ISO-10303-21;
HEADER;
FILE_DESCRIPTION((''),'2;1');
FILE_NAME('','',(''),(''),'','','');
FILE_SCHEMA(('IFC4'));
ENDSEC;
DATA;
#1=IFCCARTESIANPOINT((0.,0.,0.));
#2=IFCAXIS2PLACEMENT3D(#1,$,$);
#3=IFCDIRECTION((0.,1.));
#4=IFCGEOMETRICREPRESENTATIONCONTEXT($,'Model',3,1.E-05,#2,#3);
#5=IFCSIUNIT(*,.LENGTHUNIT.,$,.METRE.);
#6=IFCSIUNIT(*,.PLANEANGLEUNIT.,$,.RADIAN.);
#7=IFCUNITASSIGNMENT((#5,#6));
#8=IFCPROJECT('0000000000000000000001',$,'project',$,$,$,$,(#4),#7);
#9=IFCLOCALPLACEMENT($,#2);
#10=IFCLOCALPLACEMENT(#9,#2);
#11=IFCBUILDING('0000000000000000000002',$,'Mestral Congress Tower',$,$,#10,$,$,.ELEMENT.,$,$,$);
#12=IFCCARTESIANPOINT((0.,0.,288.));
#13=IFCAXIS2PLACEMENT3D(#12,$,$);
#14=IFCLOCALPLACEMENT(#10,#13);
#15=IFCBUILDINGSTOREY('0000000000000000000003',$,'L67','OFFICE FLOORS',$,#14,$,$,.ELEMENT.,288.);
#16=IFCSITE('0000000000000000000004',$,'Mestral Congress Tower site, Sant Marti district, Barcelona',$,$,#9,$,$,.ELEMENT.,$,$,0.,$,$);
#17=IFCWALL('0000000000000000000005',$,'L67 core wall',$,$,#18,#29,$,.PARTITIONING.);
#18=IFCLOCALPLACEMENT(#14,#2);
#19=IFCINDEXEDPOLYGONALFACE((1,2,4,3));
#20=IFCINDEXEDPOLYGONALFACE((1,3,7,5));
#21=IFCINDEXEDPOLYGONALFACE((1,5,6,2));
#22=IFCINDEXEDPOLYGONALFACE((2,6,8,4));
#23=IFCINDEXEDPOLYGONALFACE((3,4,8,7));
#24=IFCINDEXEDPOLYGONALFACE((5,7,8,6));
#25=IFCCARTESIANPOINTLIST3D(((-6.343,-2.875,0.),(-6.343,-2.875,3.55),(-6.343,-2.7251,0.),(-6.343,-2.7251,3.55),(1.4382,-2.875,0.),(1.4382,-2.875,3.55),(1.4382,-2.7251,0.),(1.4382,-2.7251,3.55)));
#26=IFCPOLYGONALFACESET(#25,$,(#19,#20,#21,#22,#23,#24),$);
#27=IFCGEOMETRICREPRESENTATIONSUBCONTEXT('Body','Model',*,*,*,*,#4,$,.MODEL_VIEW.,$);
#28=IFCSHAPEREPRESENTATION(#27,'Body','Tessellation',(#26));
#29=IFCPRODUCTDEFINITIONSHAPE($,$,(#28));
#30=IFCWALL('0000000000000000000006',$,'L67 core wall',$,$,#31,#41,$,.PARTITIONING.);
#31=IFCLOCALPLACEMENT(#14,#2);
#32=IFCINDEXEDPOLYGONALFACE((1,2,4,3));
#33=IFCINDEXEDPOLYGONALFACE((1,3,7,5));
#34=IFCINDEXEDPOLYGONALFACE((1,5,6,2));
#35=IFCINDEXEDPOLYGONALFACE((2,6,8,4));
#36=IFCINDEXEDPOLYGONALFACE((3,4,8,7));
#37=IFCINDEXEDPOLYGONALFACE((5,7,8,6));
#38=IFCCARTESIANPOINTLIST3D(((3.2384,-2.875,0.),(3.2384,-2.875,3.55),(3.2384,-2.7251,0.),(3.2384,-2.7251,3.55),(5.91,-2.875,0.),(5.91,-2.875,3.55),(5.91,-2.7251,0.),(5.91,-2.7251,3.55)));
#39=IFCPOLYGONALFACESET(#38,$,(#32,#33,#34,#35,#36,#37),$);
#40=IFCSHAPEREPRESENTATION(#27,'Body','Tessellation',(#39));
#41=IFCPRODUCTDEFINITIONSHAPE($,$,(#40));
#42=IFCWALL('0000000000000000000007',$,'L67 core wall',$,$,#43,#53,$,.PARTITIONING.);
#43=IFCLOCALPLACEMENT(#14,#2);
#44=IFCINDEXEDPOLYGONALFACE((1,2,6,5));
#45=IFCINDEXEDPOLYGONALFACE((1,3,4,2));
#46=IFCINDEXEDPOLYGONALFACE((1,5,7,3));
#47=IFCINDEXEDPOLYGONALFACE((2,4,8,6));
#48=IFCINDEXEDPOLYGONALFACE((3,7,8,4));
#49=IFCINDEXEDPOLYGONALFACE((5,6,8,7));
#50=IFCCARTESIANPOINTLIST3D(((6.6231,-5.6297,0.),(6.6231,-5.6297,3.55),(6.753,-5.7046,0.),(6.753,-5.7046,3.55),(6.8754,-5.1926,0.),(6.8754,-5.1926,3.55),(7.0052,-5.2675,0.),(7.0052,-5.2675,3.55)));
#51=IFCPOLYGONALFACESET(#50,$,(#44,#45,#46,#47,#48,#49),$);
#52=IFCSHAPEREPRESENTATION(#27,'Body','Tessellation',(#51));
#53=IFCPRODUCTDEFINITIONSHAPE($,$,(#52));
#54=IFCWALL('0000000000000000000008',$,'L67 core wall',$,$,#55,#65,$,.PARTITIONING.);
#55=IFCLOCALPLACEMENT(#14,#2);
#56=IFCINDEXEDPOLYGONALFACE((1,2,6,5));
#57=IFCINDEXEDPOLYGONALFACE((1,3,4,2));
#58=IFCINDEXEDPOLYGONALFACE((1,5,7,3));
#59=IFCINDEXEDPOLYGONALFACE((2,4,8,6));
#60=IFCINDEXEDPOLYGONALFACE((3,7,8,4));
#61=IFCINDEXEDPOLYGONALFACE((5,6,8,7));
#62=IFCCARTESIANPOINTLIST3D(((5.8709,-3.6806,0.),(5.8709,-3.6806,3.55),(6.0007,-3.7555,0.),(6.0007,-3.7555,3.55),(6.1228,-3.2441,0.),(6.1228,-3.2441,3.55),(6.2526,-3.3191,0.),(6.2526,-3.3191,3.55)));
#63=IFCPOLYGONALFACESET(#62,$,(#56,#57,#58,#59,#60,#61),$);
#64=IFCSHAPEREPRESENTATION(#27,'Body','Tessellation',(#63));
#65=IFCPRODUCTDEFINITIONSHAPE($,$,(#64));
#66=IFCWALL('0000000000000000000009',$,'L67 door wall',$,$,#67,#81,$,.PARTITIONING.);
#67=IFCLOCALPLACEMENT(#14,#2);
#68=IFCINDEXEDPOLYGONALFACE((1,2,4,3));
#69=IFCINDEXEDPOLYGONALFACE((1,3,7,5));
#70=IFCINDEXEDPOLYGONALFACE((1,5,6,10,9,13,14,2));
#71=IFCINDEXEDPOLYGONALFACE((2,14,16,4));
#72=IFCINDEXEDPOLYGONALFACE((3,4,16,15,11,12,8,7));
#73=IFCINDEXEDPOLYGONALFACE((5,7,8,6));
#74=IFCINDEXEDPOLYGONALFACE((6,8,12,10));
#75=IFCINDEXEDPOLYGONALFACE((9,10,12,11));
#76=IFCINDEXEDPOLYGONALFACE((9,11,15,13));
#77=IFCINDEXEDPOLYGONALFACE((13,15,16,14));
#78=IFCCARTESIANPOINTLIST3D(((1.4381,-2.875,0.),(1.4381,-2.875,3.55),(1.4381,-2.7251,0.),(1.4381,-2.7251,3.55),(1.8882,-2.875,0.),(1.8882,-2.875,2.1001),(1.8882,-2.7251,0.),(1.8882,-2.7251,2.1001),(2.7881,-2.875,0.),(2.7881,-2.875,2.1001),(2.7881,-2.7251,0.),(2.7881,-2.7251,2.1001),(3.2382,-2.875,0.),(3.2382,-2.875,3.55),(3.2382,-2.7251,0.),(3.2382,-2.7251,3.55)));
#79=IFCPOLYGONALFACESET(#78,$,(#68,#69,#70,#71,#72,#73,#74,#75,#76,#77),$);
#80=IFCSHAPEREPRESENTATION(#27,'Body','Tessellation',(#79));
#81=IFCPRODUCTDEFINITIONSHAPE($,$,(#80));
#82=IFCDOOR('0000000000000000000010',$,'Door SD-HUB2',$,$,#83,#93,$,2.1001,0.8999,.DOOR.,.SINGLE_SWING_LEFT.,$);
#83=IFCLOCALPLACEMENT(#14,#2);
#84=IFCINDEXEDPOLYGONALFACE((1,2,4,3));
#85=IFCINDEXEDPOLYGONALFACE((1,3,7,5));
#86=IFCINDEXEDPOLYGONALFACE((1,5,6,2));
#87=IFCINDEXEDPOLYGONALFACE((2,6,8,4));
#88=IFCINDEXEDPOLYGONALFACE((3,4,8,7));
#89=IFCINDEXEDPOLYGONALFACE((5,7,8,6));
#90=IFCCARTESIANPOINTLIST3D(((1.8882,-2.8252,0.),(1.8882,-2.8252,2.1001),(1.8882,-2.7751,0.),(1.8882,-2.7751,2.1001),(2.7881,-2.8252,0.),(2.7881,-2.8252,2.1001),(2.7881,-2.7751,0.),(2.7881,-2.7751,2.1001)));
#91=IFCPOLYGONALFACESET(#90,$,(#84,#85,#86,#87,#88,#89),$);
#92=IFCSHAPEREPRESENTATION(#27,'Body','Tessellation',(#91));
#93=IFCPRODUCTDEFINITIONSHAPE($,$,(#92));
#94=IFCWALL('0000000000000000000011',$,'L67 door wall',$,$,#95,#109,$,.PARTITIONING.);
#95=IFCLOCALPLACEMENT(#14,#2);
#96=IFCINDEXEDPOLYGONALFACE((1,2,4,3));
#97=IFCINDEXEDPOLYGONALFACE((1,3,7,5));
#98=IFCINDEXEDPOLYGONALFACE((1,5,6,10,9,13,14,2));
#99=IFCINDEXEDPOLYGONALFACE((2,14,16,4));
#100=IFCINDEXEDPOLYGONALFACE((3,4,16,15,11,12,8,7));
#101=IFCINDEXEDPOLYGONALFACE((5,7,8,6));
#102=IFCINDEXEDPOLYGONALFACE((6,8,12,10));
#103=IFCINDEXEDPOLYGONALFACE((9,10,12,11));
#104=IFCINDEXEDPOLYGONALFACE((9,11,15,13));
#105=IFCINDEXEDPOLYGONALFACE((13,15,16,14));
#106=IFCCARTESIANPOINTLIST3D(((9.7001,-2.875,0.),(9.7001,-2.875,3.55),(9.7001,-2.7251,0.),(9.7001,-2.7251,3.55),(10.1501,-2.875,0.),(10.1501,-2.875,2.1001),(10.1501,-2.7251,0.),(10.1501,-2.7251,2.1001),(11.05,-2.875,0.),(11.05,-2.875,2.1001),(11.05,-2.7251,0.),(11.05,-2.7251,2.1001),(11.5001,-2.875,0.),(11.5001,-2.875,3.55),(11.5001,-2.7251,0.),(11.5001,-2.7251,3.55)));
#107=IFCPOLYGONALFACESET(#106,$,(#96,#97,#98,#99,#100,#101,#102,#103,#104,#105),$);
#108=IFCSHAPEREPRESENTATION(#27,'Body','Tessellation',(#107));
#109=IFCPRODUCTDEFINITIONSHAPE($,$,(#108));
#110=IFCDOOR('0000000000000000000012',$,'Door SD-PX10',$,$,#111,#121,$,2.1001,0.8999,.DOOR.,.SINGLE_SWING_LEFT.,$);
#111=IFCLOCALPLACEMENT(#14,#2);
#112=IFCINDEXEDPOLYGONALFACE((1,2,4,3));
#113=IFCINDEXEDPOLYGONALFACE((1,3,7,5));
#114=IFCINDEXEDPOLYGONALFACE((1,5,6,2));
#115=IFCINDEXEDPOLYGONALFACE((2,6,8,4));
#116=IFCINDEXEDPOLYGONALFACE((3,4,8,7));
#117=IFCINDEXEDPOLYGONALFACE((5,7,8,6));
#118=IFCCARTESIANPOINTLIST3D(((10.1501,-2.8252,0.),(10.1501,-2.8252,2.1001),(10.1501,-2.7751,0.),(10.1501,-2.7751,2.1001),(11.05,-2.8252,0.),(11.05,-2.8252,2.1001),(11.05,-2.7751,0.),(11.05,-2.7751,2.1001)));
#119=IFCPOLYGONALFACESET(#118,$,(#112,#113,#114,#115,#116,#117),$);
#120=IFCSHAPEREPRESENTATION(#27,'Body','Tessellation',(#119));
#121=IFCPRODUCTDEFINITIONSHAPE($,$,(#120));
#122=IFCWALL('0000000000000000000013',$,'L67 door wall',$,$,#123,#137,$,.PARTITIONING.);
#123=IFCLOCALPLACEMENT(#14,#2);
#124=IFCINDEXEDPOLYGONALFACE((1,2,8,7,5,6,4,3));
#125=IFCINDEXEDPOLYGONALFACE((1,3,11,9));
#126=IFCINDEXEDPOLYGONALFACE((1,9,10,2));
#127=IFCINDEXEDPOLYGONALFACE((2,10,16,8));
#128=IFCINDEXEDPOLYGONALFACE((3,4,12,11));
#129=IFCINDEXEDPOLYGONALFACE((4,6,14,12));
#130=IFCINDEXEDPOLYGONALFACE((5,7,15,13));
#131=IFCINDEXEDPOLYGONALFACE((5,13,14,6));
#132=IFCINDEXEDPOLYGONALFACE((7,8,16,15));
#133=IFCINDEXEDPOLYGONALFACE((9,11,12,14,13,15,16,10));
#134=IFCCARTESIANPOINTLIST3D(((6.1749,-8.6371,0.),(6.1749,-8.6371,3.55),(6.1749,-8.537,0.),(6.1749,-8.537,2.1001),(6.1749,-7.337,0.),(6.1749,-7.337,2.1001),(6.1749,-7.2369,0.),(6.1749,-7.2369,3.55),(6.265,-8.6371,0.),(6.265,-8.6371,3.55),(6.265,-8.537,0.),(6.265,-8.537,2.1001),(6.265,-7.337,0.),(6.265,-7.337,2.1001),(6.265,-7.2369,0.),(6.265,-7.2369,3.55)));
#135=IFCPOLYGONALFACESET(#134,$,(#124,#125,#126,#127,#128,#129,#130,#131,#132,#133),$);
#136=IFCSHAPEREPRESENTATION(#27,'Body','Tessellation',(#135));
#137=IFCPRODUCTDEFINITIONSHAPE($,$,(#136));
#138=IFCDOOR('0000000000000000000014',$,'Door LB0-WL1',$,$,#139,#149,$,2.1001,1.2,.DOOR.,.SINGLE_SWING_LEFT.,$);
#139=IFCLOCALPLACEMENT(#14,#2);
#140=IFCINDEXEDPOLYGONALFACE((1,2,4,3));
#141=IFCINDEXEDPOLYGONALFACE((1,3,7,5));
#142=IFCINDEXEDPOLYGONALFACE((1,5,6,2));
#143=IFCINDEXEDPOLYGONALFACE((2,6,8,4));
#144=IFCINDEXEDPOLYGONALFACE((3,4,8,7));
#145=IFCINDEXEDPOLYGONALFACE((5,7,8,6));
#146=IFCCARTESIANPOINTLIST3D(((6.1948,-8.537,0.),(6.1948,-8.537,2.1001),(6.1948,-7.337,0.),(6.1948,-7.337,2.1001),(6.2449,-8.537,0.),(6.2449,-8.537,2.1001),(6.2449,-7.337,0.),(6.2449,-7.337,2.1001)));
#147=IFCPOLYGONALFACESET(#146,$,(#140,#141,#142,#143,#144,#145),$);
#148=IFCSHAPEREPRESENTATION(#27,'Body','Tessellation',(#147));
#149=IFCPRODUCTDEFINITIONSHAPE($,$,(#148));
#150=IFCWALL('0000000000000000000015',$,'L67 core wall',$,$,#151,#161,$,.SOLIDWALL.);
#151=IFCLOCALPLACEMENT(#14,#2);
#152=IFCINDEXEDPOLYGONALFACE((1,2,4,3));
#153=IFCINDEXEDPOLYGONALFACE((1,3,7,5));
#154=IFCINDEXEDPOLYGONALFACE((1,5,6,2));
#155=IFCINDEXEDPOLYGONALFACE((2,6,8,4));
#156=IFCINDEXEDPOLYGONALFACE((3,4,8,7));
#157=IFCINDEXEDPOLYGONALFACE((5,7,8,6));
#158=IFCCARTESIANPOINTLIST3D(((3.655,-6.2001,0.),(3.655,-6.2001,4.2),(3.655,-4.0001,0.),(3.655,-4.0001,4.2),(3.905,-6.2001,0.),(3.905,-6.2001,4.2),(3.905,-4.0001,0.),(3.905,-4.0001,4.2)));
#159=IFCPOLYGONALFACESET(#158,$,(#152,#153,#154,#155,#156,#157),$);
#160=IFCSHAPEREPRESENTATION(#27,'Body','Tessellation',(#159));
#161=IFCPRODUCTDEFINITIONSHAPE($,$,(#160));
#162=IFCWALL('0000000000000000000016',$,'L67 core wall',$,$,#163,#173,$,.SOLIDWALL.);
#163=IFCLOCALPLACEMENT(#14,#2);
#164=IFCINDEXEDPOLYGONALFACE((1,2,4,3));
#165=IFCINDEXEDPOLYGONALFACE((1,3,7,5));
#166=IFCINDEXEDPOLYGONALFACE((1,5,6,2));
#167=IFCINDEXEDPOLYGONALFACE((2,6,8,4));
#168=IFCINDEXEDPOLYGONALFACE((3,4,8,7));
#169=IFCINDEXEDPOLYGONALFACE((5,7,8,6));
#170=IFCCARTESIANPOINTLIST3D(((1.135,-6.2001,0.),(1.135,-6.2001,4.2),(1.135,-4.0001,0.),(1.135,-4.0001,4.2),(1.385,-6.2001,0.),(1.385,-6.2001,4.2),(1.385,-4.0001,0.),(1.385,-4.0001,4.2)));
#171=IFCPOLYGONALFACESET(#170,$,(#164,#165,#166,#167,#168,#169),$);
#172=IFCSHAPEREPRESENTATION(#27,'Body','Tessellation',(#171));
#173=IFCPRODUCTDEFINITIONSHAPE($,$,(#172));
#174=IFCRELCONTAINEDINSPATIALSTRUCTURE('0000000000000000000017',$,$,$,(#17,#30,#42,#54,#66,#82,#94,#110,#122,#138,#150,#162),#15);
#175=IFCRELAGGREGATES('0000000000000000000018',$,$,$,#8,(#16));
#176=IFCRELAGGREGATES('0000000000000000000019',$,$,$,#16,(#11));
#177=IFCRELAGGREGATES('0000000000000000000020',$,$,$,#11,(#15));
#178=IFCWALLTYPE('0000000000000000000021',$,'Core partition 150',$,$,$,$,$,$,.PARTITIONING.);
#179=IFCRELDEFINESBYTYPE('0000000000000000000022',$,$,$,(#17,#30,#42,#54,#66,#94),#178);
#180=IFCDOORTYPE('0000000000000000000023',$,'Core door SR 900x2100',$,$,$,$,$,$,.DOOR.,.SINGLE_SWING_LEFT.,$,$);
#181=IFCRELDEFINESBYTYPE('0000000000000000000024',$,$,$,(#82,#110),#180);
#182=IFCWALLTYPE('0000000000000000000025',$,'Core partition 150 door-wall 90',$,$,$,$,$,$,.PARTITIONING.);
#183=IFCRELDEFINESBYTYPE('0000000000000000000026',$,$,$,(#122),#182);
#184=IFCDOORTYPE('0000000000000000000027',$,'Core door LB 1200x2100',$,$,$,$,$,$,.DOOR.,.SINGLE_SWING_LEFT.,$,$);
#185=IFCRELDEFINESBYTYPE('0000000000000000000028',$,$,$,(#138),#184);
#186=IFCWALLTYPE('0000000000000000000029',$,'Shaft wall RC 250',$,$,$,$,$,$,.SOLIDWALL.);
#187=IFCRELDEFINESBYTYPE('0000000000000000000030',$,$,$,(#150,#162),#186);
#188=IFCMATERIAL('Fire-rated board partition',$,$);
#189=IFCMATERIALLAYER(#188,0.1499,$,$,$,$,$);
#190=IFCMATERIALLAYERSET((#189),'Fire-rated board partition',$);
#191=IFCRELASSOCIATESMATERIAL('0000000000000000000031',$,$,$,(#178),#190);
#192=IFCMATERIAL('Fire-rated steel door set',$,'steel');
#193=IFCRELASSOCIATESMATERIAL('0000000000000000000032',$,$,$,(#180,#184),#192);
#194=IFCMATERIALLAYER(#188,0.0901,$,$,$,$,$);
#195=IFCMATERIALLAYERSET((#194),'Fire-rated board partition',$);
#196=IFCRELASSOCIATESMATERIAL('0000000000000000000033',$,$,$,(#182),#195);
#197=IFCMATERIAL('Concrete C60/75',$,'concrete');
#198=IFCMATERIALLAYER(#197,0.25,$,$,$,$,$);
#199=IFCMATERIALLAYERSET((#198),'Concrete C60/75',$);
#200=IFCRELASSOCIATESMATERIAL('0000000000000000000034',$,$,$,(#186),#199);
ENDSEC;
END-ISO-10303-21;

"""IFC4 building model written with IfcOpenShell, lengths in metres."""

from ifc_helpers import new_model, si_unit, direction, frame, frame_2d, origin, place, context, subcontext, project, spatial, rectangle, extrude, material, layer, layer_set, type_object, element, fill, save


model = new_model("IFC4")

# Units and contexts
model_context = context("Model", 3, precision=1e-05, world=origin(), true_north=direction((0.0, 1.0)))
body_context = subcontext(model_context, "Body", "Model", "MODEL_VIEW")
ifc_project = project(units=[si_unit("LENGTHUNIT", "METRE"), si_unit("PLANEANGLEUNIT", "RADIAN")], contexts=[model_context])

# Site, building, storey
site_placement = place(None, origin())
site = spatial("IfcSite", under=ifc_project, at=site_placement, Name="Mestral Congress Tower site, Sant Marti district, Barcelona", CompositionType="ELEMENT", RefElevation=0.0)
building_placement = place(site_placement, origin())
building = spatial("IfcBuilding", under=site, at=building_placement, Name="Mestral Congress Tower", CompositionType="ELEMENT")
storey_placement = place(building_placement, frame((0.0, 0.0, 288.0)))
storey = spatial("IfcBuildingStorey", under=building, at=storey_placement, Name="L67", Description="OFFICE FLOORS", CompositionType="ELEMENT", Elevation=288.0)

# Walls
ifc_material_1 = material(Name="Fire-rated board partition")
ifc_layer_1 = layer(ifc_material_1, 0.1499)
ifc_layer_set_1 = layer_set([ifc_layer_1], Name="Fire-rated board partition")
wall_type_1 = type_object("IfcWallType", Name="Core partition 150", PredefinedType="PARTITIONING", material=ifc_layer_set_1)
wall_1_placement = place(storey_placement, frame((1.4382, -2.8, 0.0), z_axis=(0.0, 0.0, 1.0), x_axis=(-1.0, 0.0, 0.0)))
element("IfcWall", 1, at=wall_1_placement, inside=storey, type_object=wall_type_1, Name="L67 core wall", PredefinedType="PARTITIONING", context=body_context, shape_type="SweptSolid", body=[
    extrude(rectangle(XDim=7.7812, YDim=0.1499, at=frame_2d((3.8906, 0.0))), origin(), (0.0, 0.0, 1.0), 3.55),
])
wall_2_placement = place(storey_placement, frame((3.2383, -2.8, 0.0), z_axis=(0.0, 0.0, 1.0), x_axis=(1.0, 0.0, 0.0)))
element("IfcWall", 2, at=wall_2_placement, inside=storey, type_object=wall_type_1, Name="L67 core wall", PredefinedType="PARTITIONING", context=body_context, shape_type="SweptSolid", body=[
    extrude(rectangle(XDim=2.6716, YDim=0.1499, at=frame_2d((1.3359, 0.0))), origin(), (0.0, 0.0, 1.0), 3.55),
])
wall_3_placement = place(storey_placement, frame((6.688, -5.6672, 0.0), z_axis=(0.0, 0.0, 1.0), x_axis=(0.499834, 0.866121, 0.0)))
element("IfcWall", 3, at=wall_3_placement, inside=storey, type_object=wall_type_1, Name="L67 core wall", PredefinedType="PARTITIONING", context=body_context, shape_type="SweptSolid", body=[
    extrude(rectangle(XDim=0.5046, YDim=0.1499, at=frame_2d((0.2524, 0.0))), origin(), (0.0, 0.0, 1.0), 3.55),
])
wall_4_placement = place(storey_placement, frame((5.9358, -3.718, 0.0), z_axis=(0.0, 0.0, 1.0), x_axis=(0.49989, 0.866089, 0.0)))
element("IfcWall", 4, at=wall_4_placement, inside=storey, type_object=wall_type_1, Name="L67 core wall", PredefinedType="PARTITIONING", context=body_context, shape_type="SweptSolid", body=[
    extrude(rectangle(XDim=0.5039, YDim=0.1499, at=frame_2d((0.252, 0.0))), origin(), (0.0, 0.0, 1.0), 3.55),
])

# Walls, openings, doors
wall_5_placement = place(storey_placement, frame((1.4382, -2.8, 0.0), z_axis=(0.0, 0.0, 1.0), x_axis=(1.0, 0.0, 0.0)))
wall_5 = element("IfcWall", 5, at=wall_5_placement, inside=storey, type_object=wall_type_1, Name="L67 door wall", PredefinedType="PARTITIONING", context=body_context, shape_type="SweptSolid", body=[
    extrude(rectangle(XDim=1.8, YDim=0.1499, at=frame_2d((0.8999, 0.0))), origin(), (0.0, 0.0, 1.0), 3.55),
])
opening_1_placement = place(wall_5_placement, frame((0.45, 0.0, 0.0)))
opening_1 = element("IfcOpeningElement", 6, at=opening_1_placement, cuts=wall_5, PredefinedType="OPENING", context=body_context, shape_type="SweptSolid", body=[
    extrude(rectangle(XDim=0.8999, YDim=2.1001, at=frame_2d((0.45, 1.05))), frame((0.0, 0.085, 0.0), z_axis=(0.0, -1.0, 0.0), x_axis=(1.0, 0.0, 0.0)), (0.0, 0.0, 1.0), 0.1699),
])
ifc_material_2 = material(Name="Fire-rated steel door set", Category="steel")
door_type_1 = type_object("IfcDoorType", Name="Core door SR 900x2100", OperationType="SINGLE_SWING_LEFT", PredefinedType="DOOR", material=ifc_material_2)
door_1_placement = place(opening_1_placement, origin())
door_1 = element("IfcDoor", 7, at=door_1_placement, inside=storey, type_object=door_type_1, Name="Door SD-HUB2", OperationType="SINGLE_SWING_LEFT", OverallHeight=2.1001, OverallWidth=0.8999, PredefinedType="DOOR", context=body_context, shape_type="SweptSolid", body=[
    extrude(rectangle(XDim=0.8999, YDim=2.1001, at=frame_2d((0.45, 1.05))), frame((0.0, 0.0249, 0.0), z_axis=(0.0, -1.0, 0.0), x_axis=(1.0, 0.0, 0.0)), (0.0, 0.0, 1.0), 0.05),
])
fill(opening_1, door_1)
wall_6_placement = place(storey_placement, frame((9.7002, -2.8, 0.0), z_axis=(0.0, 0.0, 1.0), x_axis=(1.0, 0.0, 0.0)))
wall_6 = element("IfcWall", 8, at=wall_6_placement, inside=storey, type_object=wall_type_1, Name="L67 door wall", PredefinedType="PARTITIONING", context=body_context, shape_type="SweptSolid", body=[
    extrude(rectangle(XDim=1.8, YDim=0.1499, at=frame_2d((0.8999, 0.0))), origin(), (0.0, 0.0, 1.0), 3.55),
])
opening_2_placement = place(wall_6_placement, frame((0.45, 0.0, 0.0)))
opening_2 = element("IfcOpeningElement", 9, at=opening_2_placement, cuts=wall_6, PredefinedType="OPENING", context=body_context, shape_type="SweptSolid", body=[
    extrude(rectangle(XDim=0.8999, YDim=2.1001, at=frame_2d((0.45, 1.05))), frame((0.0, 0.085, 0.0), z_axis=(0.0, -1.0, 0.0), x_axis=(1.0, 0.0, 0.0)), (0.0, 0.0, 1.0), 0.1699),
])
door_2_placement = place(opening_2_placement, origin())
door_2 = element("IfcDoor", 10, at=door_2_placement, inside=storey, type_object=door_type_1, Name="Door SD-PX10", OperationType="SINGLE_SWING_LEFT", OverallHeight=2.1001, OverallWidth=0.8999, PredefinedType="DOOR", context=body_context, shape_type="SweptSolid", body=[
    extrude(rectangle(XDim=0.8999, YDim=2.1001, at=frame_2d((0.45, 1.05))), frame((0.0, 0.0249, 0.0), z_axis=(0.0, -1.0, 0.0), x_axis=(1.0, 0.0, 0.0)), (0.0, 0.0, 1.0), 0.05),
])
fill(opening_2, door_2)
ifc_layer_2 = layer(ifc_material_1, 0.0901)
ifc_layer_set_2 = layer_set([ifc_layer_2], Name="Fire-rated board partition")
wall_type_2 = type_object("IfcWallType", Name="Core partition 150 door-wall 90", PredefinedType="PARTITIONING", material=ifc_layer_set_2)
wall_7_placement = place(storey_placement, frame((6.22, -7.2368, 0.0), z_axis=(0.0, 0.0, 1.0), x_axis=(0.0, -1.0, 0.0)))
wall_7 = element("IfcWall", 11, at=wall_7_placement, inside=storey, type_object=wall_type_2, Name="L67 door wall", PredefinedType="PARTITIONING", context=body_context, shape_type="SweptSolid", body=[
    extrude(rectangle(XDim=1.4001, YDim=0.0901, at=frame_2d((0.7002, 0.0))), origin(), (0.0, 0.0, 1.0), 3.55),
])
opening_3_placement = place(wall_7_placement, frame((0.1001, 0.0, 0.0)))
opening_3 = element("IfcOpeningElement", 12, at=opening_3_placement, cuts=wall_7, PredefinedType="OPENING", context=body_context, shape_type="SweptSolid", body=[
    extrude(rectangle(XDim=1.2, YDim=2.1001, at=frame_2d((0.6001, 1.05))), frame((0.0, 0.0549, 0.0), z_axis=(0.0, -1.0, 0.0), x_axis=(1.0, 0.0, 0.0)), (0.0, 0.0, 1.0), 0.1101),
])
door_type_2 = type_object("IfcDoorType", Name="Core door LB 1200x2100", OperationType="SINGLE_SWING_LEFT", PredefinedType="DOOR", material=ifc_material_2)
door_3_placement = place(opening_3_placement, origin())
door_3 = element("IfcDoor", 13, at=door_3_placement, inside=storey, type_object=door_type_2, Name="Door LB0-WL1", OperationType="SINGLE_SWING_LEFT", OverallHeight=2.1001, OverallWidth=1.2, PredefinedType="DOOR", context=body_context, shape_type="SweptSolid", body=[
    extrude(rectangle(XDim=1.2, YDim=2.1001, at=frame_2d((0.6001, 1.05))), frame((0.0, 0.0249, 0.0), z_axis=(0.0, -1.0, 0.0), x_axis=(1.0, 0.0, 0.0)), (0.0, 0.0, 1.0), 0.05),
])
fill(opening_3, door_3)

# Walls
ifc_material_3 = material(Name="Concrete C60/75", Category="concrete")
ifc_layer_3 = layer(ifc_material_3, 0.25)
ifc_layer_set_3 = layer_set([ifc_layer_3], Name="Concrete C60/75")
wall_type_3 = type_object("IfcWallType", Name="Shaft wall RC 250", PredefinedType="SOLIDWALL", material=ifc_layer_set_3)
for number, where, z_axis, x_axis, name in (
    (14, (3.78, -4.0, 0.0), (0.0, 0.0, 1.0), (0.0, -1.0, 0.0), "L67 core wall"),
    (15, (1.26, -4.0, 0.0), (0.0, 0.0, 1.0), (0.0, -1.0, 0.0), "L67 core wall"),
):
    element("IfcWall", number, at=place(storey_placement, frame(where, z_axis=z_axis, x_axis=x_axis)), inside=storey, type_object=wall_type_3, Name=name, PredefinedType="SOLIDWALL", context=body_context, shape_type="SweptSolid", body=[
        extrude(rectangle(XDim=2.2, YDim=0.25, at=frame_2d((1.1001, 0.0))), origin(), (0.0, 0.0, 1.0), 4.2),
    ])

save(model, "model.ifc")
